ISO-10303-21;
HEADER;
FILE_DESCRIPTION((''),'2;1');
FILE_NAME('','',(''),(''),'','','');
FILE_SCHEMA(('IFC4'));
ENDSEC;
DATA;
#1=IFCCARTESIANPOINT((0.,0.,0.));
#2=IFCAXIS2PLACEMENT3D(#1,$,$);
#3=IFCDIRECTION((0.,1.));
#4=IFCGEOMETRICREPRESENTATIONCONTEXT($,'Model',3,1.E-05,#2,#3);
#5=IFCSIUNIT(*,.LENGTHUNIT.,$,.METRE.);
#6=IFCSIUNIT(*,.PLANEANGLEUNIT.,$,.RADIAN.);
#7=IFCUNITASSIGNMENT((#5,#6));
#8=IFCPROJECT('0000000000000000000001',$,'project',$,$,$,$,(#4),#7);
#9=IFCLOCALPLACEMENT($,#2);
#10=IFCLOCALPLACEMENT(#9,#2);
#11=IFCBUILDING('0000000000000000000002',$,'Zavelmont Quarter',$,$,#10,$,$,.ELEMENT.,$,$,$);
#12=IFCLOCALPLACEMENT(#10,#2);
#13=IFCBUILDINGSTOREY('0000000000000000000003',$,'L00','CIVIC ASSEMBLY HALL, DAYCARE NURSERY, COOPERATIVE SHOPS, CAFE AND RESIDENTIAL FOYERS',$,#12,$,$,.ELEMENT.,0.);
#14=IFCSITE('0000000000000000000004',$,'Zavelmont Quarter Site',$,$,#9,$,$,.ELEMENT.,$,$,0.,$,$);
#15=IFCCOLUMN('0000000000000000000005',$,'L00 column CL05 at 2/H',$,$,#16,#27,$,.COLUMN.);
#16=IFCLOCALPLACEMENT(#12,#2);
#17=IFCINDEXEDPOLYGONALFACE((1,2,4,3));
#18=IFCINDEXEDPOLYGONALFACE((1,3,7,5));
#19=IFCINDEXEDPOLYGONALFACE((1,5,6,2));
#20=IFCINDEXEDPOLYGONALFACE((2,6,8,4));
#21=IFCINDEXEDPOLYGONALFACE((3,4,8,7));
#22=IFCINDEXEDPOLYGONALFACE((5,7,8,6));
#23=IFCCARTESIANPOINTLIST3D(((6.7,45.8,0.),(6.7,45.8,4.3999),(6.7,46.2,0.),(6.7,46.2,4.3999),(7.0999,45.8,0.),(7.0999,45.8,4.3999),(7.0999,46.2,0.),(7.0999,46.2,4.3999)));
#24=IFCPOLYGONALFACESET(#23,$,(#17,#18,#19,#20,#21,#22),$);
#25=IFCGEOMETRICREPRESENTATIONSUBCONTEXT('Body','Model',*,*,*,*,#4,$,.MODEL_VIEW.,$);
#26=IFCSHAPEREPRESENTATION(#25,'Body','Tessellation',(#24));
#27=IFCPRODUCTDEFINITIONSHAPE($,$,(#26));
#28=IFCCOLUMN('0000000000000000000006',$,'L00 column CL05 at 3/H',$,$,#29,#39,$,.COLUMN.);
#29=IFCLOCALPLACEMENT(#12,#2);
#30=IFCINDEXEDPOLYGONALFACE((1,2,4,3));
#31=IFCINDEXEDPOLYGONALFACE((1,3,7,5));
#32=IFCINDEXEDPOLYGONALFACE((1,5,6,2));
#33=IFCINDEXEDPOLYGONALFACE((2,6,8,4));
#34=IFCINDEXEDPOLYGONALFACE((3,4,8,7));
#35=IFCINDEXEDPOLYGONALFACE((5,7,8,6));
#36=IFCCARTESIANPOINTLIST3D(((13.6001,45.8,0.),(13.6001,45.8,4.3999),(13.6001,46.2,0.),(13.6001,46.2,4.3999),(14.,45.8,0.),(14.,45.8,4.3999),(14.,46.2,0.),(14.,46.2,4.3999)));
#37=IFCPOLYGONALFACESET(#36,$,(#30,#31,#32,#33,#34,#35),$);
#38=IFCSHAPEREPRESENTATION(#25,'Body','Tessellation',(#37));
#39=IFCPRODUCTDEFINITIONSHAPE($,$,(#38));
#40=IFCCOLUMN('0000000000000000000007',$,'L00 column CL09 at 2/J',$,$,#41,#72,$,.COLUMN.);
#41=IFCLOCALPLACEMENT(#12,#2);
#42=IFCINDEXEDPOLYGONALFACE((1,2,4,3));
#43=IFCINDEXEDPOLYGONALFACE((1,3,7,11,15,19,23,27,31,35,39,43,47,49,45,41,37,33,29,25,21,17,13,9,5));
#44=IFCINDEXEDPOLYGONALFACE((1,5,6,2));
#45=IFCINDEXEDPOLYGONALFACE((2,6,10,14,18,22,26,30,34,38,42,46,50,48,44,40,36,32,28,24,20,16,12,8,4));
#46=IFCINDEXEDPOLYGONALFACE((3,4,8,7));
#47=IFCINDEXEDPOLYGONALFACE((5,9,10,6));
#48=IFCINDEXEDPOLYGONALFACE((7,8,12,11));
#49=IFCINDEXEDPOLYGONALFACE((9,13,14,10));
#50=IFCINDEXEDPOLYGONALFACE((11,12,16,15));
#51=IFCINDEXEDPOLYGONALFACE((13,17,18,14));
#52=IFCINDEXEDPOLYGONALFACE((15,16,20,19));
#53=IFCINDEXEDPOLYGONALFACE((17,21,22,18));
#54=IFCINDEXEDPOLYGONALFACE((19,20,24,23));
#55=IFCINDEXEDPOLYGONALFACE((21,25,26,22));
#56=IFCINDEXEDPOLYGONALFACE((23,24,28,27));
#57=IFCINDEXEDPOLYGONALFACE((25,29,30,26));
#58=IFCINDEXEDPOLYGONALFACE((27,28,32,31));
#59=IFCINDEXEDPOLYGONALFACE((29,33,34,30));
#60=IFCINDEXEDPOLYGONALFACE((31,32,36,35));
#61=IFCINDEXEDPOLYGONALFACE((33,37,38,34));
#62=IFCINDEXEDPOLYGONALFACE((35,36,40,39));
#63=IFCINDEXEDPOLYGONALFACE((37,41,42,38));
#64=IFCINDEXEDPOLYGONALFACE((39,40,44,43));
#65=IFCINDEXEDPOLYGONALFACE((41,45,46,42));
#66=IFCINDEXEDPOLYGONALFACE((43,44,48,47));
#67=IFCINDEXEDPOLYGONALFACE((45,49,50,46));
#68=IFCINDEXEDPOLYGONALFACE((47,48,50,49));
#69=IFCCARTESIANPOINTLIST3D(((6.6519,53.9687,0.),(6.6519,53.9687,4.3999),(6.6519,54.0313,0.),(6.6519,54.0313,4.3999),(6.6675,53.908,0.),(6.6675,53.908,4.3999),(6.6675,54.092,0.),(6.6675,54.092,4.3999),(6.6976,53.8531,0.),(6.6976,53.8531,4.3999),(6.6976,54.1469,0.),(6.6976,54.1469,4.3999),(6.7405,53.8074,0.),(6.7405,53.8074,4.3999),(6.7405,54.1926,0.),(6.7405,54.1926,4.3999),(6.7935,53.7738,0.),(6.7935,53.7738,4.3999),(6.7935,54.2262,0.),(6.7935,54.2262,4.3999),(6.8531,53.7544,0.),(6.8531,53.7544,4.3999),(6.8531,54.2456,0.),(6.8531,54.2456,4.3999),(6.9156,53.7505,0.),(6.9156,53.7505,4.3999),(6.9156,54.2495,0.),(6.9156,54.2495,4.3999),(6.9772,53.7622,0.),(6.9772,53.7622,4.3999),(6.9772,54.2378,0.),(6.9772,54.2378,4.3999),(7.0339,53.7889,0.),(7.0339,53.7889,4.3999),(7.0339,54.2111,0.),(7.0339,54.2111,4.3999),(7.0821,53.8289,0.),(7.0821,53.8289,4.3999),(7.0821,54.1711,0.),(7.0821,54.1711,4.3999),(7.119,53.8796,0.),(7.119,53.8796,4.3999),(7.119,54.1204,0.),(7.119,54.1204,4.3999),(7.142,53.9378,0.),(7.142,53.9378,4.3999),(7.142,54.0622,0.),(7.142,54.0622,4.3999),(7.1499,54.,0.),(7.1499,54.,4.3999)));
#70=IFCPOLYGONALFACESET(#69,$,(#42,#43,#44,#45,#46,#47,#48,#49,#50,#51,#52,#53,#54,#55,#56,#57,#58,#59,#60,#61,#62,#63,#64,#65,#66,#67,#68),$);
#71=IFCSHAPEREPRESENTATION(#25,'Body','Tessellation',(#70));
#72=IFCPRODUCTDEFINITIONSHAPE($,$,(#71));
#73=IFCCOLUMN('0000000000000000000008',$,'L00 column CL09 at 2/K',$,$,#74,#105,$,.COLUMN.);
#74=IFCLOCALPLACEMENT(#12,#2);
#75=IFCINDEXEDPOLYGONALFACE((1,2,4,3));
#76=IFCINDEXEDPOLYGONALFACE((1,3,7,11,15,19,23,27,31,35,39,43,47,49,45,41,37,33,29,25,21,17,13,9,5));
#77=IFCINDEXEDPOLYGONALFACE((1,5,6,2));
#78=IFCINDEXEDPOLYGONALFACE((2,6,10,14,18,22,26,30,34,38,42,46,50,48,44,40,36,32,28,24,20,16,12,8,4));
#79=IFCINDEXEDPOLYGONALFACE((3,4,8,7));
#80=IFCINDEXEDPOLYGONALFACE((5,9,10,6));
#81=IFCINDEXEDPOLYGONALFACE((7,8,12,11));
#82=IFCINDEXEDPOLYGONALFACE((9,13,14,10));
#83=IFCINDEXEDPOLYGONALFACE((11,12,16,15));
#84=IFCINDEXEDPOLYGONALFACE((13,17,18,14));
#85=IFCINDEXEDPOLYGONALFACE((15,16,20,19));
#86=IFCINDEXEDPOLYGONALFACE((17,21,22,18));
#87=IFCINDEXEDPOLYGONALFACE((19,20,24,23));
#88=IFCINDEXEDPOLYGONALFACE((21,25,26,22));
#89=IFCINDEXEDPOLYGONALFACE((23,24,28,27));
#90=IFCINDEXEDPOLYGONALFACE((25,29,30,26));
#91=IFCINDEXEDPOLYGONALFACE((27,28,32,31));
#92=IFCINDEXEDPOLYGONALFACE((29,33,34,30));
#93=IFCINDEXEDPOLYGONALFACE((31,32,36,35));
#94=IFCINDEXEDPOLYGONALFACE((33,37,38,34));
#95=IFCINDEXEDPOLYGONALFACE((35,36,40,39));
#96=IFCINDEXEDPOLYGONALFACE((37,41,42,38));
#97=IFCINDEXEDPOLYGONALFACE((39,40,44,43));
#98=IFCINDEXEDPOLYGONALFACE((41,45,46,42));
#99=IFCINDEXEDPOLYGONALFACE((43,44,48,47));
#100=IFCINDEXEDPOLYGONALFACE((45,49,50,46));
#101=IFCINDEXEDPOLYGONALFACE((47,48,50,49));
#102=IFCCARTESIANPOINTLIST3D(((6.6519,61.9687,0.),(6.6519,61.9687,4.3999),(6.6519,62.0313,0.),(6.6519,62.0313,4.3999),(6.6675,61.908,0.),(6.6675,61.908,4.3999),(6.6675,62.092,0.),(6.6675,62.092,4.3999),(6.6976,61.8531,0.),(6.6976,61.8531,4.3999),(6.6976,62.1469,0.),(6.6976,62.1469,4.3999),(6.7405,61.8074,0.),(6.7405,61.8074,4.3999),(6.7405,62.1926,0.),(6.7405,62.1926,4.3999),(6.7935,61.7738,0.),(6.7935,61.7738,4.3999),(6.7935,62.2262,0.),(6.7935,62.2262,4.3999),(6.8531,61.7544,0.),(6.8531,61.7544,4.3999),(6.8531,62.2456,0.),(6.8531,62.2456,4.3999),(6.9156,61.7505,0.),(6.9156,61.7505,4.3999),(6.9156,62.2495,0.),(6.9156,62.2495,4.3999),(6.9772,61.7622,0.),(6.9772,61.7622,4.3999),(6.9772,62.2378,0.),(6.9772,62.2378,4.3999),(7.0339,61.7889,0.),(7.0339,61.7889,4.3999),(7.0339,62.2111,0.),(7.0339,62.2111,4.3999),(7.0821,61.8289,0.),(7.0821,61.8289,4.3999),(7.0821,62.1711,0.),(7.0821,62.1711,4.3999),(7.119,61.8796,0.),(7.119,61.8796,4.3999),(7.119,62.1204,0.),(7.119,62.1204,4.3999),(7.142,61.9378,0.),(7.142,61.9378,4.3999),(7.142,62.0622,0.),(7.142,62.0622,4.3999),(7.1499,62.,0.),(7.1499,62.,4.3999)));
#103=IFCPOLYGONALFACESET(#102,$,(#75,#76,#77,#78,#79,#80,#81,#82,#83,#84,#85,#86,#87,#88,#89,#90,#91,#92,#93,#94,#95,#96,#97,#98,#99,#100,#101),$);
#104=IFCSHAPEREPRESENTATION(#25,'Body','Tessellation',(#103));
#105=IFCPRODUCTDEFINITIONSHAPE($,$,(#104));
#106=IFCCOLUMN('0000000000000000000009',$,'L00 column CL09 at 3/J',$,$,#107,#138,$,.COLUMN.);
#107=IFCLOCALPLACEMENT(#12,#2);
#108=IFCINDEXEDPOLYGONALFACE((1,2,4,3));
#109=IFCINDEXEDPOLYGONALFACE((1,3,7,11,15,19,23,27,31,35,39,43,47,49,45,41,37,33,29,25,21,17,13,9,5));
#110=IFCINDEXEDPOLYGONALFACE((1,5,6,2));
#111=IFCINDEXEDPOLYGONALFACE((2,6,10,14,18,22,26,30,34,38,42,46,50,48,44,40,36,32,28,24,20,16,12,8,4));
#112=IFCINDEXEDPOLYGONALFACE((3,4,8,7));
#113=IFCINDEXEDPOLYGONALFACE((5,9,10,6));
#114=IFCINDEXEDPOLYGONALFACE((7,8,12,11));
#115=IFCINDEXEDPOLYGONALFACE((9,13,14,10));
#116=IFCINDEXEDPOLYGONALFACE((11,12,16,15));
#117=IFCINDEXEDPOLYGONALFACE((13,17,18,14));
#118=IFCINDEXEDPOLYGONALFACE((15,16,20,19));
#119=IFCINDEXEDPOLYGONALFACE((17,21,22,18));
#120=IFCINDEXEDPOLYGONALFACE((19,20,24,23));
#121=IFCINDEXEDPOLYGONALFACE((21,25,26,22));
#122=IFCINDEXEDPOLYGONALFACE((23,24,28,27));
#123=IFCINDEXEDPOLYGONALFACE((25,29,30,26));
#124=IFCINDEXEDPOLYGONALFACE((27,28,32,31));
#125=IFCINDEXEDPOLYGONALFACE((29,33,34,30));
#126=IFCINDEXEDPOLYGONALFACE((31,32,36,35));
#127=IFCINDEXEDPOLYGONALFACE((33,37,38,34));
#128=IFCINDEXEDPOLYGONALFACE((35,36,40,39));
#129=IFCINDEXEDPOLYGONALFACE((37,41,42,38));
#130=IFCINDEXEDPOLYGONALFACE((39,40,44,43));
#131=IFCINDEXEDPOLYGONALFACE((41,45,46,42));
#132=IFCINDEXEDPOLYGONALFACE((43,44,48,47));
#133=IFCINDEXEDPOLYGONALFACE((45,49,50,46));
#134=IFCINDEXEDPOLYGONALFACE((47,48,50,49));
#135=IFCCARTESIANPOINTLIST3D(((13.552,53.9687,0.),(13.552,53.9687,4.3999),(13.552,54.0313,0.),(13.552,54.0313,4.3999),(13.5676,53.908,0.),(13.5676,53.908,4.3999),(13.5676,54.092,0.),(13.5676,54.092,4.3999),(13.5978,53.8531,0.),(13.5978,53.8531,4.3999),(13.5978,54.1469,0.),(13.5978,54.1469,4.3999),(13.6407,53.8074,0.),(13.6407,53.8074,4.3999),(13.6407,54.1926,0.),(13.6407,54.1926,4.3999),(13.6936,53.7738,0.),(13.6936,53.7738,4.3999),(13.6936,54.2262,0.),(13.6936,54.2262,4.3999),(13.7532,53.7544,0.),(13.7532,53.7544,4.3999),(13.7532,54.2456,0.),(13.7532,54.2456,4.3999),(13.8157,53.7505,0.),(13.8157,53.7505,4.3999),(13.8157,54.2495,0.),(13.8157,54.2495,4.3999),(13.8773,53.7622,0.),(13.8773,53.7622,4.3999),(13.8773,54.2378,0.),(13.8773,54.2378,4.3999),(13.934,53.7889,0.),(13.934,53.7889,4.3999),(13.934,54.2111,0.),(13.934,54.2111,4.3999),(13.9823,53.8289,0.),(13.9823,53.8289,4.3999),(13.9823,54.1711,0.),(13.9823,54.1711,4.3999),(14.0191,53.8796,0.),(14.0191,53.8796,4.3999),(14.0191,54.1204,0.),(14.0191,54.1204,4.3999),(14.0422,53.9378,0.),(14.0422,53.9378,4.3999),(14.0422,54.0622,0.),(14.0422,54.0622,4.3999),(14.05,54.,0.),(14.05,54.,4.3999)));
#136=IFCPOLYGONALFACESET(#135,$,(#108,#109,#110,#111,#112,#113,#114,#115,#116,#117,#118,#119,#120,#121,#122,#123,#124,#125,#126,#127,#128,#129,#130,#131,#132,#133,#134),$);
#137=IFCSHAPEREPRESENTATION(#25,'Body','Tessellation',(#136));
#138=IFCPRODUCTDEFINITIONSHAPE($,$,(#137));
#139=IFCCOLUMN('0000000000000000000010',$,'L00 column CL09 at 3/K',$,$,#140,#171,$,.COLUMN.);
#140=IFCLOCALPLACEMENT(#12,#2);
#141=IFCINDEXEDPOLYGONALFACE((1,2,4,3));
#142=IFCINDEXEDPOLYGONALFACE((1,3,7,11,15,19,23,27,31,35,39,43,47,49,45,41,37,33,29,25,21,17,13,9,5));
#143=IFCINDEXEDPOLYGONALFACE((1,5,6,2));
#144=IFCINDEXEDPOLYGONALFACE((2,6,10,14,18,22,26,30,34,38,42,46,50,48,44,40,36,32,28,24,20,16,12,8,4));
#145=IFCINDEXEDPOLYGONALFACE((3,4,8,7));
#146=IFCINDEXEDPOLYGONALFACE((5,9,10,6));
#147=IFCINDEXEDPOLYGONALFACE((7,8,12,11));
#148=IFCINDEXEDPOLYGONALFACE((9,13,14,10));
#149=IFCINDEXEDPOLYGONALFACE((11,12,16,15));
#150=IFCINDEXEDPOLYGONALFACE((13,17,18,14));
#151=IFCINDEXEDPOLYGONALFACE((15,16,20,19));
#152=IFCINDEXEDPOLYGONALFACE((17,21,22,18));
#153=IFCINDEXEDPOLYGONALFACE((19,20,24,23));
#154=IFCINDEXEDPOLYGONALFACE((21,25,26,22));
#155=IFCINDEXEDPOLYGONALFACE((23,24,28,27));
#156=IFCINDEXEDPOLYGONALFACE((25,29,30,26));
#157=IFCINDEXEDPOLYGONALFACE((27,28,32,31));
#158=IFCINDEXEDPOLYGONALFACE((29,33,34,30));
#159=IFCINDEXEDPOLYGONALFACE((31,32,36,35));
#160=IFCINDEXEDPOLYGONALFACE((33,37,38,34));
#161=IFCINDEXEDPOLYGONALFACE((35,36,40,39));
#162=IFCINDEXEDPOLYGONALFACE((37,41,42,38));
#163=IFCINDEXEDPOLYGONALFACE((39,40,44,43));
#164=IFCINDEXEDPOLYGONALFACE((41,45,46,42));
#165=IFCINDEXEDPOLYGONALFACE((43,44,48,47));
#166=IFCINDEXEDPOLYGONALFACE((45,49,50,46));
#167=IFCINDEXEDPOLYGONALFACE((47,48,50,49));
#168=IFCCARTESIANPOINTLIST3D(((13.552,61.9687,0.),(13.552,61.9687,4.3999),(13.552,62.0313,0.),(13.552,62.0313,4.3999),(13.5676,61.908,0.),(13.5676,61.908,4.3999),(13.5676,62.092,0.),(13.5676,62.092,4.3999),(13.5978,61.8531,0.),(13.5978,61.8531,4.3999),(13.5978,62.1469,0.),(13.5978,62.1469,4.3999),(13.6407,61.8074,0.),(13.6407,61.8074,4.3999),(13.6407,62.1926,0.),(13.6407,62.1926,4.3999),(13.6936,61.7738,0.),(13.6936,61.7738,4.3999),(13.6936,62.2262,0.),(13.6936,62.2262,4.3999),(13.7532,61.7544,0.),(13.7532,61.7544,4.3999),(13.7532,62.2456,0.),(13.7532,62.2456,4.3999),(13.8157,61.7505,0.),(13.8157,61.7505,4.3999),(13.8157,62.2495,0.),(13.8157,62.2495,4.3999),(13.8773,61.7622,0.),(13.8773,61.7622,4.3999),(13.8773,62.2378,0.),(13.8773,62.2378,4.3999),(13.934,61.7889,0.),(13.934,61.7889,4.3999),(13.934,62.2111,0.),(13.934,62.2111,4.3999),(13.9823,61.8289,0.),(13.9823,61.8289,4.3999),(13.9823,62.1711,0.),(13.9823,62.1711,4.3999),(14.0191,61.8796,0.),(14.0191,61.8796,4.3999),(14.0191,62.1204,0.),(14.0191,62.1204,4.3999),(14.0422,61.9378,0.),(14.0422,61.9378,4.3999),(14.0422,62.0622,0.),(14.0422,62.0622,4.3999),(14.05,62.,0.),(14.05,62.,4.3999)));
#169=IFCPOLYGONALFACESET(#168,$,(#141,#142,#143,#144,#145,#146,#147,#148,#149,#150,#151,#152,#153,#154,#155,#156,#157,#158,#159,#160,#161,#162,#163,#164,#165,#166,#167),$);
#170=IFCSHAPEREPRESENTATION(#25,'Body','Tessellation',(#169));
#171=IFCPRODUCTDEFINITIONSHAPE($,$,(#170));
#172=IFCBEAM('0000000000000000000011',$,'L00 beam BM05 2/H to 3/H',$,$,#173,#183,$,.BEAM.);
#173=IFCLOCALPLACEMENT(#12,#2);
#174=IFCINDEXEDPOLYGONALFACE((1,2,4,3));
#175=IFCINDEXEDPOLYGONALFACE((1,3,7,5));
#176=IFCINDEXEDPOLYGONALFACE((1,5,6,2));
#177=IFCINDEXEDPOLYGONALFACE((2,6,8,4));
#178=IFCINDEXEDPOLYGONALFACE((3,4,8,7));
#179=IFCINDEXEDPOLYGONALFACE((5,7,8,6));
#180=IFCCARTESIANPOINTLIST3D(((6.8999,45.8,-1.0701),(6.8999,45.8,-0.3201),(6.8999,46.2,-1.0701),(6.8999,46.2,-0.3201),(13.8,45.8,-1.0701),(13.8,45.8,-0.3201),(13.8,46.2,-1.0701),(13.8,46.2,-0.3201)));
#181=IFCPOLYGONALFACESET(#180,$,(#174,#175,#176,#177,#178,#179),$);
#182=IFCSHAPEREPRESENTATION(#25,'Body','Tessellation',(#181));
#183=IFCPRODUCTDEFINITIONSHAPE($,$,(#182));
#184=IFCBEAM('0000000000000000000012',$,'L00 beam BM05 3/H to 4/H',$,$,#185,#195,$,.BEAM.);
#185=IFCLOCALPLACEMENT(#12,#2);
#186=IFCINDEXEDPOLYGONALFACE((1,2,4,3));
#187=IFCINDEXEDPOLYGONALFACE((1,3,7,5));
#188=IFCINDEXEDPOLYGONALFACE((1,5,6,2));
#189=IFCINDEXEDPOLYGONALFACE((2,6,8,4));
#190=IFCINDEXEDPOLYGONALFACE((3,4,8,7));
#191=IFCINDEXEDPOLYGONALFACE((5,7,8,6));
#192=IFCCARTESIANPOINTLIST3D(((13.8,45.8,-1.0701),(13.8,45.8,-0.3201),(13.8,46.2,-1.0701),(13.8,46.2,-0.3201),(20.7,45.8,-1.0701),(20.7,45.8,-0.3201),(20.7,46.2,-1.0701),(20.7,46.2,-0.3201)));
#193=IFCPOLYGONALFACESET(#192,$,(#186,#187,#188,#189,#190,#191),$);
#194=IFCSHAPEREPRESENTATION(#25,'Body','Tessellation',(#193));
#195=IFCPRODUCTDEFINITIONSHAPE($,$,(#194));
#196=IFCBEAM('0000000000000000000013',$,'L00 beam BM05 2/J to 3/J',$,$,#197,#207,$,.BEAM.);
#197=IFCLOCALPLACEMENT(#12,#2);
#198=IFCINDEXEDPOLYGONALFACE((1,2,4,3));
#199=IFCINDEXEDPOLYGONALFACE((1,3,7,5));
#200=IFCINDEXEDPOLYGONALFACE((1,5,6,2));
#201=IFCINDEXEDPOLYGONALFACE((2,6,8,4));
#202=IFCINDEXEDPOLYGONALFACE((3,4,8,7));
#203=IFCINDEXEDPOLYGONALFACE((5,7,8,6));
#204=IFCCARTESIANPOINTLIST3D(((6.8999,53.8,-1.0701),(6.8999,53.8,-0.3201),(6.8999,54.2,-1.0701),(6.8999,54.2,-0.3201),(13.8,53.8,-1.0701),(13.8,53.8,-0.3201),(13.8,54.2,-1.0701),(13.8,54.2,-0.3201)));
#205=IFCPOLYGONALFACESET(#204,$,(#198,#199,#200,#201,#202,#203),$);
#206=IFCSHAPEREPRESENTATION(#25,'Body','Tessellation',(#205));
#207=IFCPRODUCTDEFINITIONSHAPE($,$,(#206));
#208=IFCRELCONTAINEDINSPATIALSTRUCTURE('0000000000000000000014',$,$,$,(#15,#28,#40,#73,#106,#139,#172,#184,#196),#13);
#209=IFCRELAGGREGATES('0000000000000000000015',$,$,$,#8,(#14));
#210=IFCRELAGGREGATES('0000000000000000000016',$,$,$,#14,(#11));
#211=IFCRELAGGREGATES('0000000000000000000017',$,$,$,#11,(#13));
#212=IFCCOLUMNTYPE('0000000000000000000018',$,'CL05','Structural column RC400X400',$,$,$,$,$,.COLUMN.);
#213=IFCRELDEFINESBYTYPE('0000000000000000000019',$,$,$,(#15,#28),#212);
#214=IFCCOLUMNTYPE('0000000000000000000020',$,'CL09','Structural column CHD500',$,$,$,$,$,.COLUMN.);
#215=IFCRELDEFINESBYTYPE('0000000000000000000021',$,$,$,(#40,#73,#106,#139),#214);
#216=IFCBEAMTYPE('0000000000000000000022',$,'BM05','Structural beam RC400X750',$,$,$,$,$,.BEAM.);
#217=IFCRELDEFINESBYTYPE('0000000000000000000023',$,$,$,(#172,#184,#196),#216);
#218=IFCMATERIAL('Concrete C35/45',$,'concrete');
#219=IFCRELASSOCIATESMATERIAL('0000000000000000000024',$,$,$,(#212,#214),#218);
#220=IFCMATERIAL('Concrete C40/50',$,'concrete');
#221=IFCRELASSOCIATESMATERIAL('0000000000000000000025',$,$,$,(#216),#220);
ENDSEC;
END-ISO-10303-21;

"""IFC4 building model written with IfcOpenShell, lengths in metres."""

from ifc_helpers import new_model, si_unit, direction, frame, origin, origin_2d, place, context, subcontext, project, spatial, rectangle, circle, extrude, material, material_profile, profile_set, type_object, element, save


model = new_model("IFC4")

# Units and contexts
model_context = context("Model", 3, precision=1e-05, world=origin(), true_north=direction((0.0, 1.0)))
body_context = subcontext(model_context, "Body", "Model", "MODEL_VIEW")
ifc_project = project(units=[si_unit("LENGTHUNIT", "METRE"), si_unit("PLANEANGLEUNIT", "RADIAN")], contexts=[model_context])

# Site, building, storey
site_placement = place(None, origin())
site = spatial("IfcSite", under=ifc_project, at=site_placement, Name="Zavelmont Quarter Site", CompositionType="ELEMENT", RefElevation=0.0)
building_placement = place(site_placement, origin())
building = spatial("IfcBuilding", under=site, at=building_placement, Name="Zavelmont Quarter", CompositionType="ELEMENT")
storey_placement = place(building_placement, origin())
storey = spatial("IfcBuildingStorey", under=building, at=storey_placement, Name="L00", Description="CIVIC ASSEMBLY HALL, DAYCARE NURSERY, COOPERATIVE SHOPS, CAFE AND RESIDENTIAL FOYERS", CompositionType="ELEMENT", Elevation=0.0)

# Columns
ifc_material_1 = material(Name="Concrete C35/45", Category="concrete")
ifc_material_profile_1 = material_profile(ifc_material_1, rectangle(XDim=0.3999, YDim=0.3999, at=origin_2d()), Name="RC400X400")
ifc_profile_set_1 = profile_set([ifc_material_profile_1], Name="Concrete C35/45")
column_type_1 = type_object("IfcColumnType", Name="CL05", Description="Structural column RC400X400", PredefinedType="COLUMN", material=ifc_profile_set_1)
for number, where, z_axis, x_axis, name in (
    (1, (6.8999, 46.0, 0.0), (0.0, 0.0, 1.0), (1.0, 0.0, 0.0), "L00 column CL05 at 2/H"),
    (2, (13.8, 46.0, 0.0), (0.0, 0.0, 1.0), (1.0, 0.0, 0.0), "L00 column CL05 at 3/H"),
):
    element("IfcColumn", number, at=place(storey_placement, frame(where, z_axis=z_axis, x_axis=x_axis)), inside=storey, type_object=column_type_1, Name=name, PredefinedType="COLUMN", context=body_context, shape_type="SweptSolid", body=[
        extrude(rectangle(XDim=0.3999, YDim=0.3999, at=origin_2d()), origin(), (0.0, 0.0, 1.0), 4.3999),
    ])
ifc_material_profile_2 = material_profile(ifc_material_1, circle(Radius=0.25, at=origin_2d()), Name="CHD500")
ifc_profile_set_2 = profile_set([ifc_material_profile_2], Name="Concrete C35/45")
column_type_2 = type_object("IfcColumnType", Name="CL09", Description="Structural column CHD500", PredefinedType="COLUMN", material=ifc_profile_set_2)
for number, where, z_axis, x_axis, name in (
    (3, (6.8999, 54.0, 0.0), (0.0, 0.0, 1.0), (1.0, 0.0, 0.0), "L00 column CL09 at 2/J"),
    (4, (6.8999, 62.0, 0.0), (0.0, 0.0, 1.0), (1.0, 0.0, 0.0), "L00 column CL09 at 2/K"),
    (5, (13.8, 54.0, 0.0), (0.0, 0.0, 1.0), (1.0, 0.0, 0.0), "L00 column CL09 at 3/J"),
    (6, (13.8, 62.0, 0.0), (0.0, 0.0, 1.0), (1.0, 0.0, 0.0), "L00 column CL09 at 3/K"),
):
    element("IfcColumn", number, at=place(storey_placement, frame(where, z_axis=z_axis, x_axis=x_axis)), inside=storey, type_object=column_type_2, Name=name, PredefinedType="COLUMN", context=body_context, shape_type="SweptSolid", body=[
        extrude(circle(Radius=0.25, at=origin_2d()), origin(), (0.0, 0.0, 1.0), 4.3999),
    ])

# Beams
ifc_material_2 = material(Name="Concrete C40/50", Category="concrete")
ifc_material_profile_3 = material_profile(ifc_material_2, rectangle(XDim=0.3999, YDim=0.75, at=origin_2d()), Name="RC400X750")
ifc_profile_set_3 = profile_set([ifc_material_profile_3], Name="Concrete C40/50")
beam_type = type_object("IfcBeamType", Name="BM05", Description="Structural beam RC400X750", PredefinedType="BEAM", material=ifc_profile_set_3)
beam_1_placement = place(storey_placement, frame((6.8999, 46.0, -0.6951), z_axis=(1.0, 0.0, 0.0), x_axis=(0.0, 1.0, 0.0)))
element("IfcBeam", 7, at=beam_1_placement, inside=storey, type_object=beam_type, Name="L00 beam BM05 2/H to 3/H", PredefinedType="BEAM", context=body_context, shape_type="SweptSolid", body=[
    extrude(rectangle(XDim=0.3999, YDim=0.75, at=origin_2d()), origin(), (0.0, 0.0, 1.0), 6.9001),
])
beam_2_placement = place(storey_placement, frame((13.8, 46.0, -0.6951), z_axis=(1.0, 0.0, 0.0), x_axis=(0.0, 1.0, 0.0)))
element("IfcBeam", 8, at=beam_2_placement, inside=storey, type_object=beam_type, Name="L00 beam BM05 3/H to 4/H", PredefinedType="BEAM", context=body_context, shape_type="SweptSolid", body=[
    extrude(rectangle(XDim=0.3999, YDim=0.75, at=origin_2d()), origin(), (0.0, 0.0, 1.0), 6.8999),
])
beam_3_placement = place(storey_placement, frame((6.8999, 54.0, -0.6951), z_axis=(1.0, 0.0, 0.0), x_axis=(0.0, 1.0, 0.0)))
element("IfcBeam", 9, at=beam_3_placement, inside=storey, type_object=beam_type, Name="L00 beam BM05 2/J to 3/J", PredefinedType="BEAM", context=body_context, shape_type="SweptSolid", body=[
    extrude(rectangle(XDim=0.3999, YDim=0.75, at=origin_2d()), origin(), (0.0, 0.0, 1.0), 6.9001),
])

save(model, "model.ifc")
